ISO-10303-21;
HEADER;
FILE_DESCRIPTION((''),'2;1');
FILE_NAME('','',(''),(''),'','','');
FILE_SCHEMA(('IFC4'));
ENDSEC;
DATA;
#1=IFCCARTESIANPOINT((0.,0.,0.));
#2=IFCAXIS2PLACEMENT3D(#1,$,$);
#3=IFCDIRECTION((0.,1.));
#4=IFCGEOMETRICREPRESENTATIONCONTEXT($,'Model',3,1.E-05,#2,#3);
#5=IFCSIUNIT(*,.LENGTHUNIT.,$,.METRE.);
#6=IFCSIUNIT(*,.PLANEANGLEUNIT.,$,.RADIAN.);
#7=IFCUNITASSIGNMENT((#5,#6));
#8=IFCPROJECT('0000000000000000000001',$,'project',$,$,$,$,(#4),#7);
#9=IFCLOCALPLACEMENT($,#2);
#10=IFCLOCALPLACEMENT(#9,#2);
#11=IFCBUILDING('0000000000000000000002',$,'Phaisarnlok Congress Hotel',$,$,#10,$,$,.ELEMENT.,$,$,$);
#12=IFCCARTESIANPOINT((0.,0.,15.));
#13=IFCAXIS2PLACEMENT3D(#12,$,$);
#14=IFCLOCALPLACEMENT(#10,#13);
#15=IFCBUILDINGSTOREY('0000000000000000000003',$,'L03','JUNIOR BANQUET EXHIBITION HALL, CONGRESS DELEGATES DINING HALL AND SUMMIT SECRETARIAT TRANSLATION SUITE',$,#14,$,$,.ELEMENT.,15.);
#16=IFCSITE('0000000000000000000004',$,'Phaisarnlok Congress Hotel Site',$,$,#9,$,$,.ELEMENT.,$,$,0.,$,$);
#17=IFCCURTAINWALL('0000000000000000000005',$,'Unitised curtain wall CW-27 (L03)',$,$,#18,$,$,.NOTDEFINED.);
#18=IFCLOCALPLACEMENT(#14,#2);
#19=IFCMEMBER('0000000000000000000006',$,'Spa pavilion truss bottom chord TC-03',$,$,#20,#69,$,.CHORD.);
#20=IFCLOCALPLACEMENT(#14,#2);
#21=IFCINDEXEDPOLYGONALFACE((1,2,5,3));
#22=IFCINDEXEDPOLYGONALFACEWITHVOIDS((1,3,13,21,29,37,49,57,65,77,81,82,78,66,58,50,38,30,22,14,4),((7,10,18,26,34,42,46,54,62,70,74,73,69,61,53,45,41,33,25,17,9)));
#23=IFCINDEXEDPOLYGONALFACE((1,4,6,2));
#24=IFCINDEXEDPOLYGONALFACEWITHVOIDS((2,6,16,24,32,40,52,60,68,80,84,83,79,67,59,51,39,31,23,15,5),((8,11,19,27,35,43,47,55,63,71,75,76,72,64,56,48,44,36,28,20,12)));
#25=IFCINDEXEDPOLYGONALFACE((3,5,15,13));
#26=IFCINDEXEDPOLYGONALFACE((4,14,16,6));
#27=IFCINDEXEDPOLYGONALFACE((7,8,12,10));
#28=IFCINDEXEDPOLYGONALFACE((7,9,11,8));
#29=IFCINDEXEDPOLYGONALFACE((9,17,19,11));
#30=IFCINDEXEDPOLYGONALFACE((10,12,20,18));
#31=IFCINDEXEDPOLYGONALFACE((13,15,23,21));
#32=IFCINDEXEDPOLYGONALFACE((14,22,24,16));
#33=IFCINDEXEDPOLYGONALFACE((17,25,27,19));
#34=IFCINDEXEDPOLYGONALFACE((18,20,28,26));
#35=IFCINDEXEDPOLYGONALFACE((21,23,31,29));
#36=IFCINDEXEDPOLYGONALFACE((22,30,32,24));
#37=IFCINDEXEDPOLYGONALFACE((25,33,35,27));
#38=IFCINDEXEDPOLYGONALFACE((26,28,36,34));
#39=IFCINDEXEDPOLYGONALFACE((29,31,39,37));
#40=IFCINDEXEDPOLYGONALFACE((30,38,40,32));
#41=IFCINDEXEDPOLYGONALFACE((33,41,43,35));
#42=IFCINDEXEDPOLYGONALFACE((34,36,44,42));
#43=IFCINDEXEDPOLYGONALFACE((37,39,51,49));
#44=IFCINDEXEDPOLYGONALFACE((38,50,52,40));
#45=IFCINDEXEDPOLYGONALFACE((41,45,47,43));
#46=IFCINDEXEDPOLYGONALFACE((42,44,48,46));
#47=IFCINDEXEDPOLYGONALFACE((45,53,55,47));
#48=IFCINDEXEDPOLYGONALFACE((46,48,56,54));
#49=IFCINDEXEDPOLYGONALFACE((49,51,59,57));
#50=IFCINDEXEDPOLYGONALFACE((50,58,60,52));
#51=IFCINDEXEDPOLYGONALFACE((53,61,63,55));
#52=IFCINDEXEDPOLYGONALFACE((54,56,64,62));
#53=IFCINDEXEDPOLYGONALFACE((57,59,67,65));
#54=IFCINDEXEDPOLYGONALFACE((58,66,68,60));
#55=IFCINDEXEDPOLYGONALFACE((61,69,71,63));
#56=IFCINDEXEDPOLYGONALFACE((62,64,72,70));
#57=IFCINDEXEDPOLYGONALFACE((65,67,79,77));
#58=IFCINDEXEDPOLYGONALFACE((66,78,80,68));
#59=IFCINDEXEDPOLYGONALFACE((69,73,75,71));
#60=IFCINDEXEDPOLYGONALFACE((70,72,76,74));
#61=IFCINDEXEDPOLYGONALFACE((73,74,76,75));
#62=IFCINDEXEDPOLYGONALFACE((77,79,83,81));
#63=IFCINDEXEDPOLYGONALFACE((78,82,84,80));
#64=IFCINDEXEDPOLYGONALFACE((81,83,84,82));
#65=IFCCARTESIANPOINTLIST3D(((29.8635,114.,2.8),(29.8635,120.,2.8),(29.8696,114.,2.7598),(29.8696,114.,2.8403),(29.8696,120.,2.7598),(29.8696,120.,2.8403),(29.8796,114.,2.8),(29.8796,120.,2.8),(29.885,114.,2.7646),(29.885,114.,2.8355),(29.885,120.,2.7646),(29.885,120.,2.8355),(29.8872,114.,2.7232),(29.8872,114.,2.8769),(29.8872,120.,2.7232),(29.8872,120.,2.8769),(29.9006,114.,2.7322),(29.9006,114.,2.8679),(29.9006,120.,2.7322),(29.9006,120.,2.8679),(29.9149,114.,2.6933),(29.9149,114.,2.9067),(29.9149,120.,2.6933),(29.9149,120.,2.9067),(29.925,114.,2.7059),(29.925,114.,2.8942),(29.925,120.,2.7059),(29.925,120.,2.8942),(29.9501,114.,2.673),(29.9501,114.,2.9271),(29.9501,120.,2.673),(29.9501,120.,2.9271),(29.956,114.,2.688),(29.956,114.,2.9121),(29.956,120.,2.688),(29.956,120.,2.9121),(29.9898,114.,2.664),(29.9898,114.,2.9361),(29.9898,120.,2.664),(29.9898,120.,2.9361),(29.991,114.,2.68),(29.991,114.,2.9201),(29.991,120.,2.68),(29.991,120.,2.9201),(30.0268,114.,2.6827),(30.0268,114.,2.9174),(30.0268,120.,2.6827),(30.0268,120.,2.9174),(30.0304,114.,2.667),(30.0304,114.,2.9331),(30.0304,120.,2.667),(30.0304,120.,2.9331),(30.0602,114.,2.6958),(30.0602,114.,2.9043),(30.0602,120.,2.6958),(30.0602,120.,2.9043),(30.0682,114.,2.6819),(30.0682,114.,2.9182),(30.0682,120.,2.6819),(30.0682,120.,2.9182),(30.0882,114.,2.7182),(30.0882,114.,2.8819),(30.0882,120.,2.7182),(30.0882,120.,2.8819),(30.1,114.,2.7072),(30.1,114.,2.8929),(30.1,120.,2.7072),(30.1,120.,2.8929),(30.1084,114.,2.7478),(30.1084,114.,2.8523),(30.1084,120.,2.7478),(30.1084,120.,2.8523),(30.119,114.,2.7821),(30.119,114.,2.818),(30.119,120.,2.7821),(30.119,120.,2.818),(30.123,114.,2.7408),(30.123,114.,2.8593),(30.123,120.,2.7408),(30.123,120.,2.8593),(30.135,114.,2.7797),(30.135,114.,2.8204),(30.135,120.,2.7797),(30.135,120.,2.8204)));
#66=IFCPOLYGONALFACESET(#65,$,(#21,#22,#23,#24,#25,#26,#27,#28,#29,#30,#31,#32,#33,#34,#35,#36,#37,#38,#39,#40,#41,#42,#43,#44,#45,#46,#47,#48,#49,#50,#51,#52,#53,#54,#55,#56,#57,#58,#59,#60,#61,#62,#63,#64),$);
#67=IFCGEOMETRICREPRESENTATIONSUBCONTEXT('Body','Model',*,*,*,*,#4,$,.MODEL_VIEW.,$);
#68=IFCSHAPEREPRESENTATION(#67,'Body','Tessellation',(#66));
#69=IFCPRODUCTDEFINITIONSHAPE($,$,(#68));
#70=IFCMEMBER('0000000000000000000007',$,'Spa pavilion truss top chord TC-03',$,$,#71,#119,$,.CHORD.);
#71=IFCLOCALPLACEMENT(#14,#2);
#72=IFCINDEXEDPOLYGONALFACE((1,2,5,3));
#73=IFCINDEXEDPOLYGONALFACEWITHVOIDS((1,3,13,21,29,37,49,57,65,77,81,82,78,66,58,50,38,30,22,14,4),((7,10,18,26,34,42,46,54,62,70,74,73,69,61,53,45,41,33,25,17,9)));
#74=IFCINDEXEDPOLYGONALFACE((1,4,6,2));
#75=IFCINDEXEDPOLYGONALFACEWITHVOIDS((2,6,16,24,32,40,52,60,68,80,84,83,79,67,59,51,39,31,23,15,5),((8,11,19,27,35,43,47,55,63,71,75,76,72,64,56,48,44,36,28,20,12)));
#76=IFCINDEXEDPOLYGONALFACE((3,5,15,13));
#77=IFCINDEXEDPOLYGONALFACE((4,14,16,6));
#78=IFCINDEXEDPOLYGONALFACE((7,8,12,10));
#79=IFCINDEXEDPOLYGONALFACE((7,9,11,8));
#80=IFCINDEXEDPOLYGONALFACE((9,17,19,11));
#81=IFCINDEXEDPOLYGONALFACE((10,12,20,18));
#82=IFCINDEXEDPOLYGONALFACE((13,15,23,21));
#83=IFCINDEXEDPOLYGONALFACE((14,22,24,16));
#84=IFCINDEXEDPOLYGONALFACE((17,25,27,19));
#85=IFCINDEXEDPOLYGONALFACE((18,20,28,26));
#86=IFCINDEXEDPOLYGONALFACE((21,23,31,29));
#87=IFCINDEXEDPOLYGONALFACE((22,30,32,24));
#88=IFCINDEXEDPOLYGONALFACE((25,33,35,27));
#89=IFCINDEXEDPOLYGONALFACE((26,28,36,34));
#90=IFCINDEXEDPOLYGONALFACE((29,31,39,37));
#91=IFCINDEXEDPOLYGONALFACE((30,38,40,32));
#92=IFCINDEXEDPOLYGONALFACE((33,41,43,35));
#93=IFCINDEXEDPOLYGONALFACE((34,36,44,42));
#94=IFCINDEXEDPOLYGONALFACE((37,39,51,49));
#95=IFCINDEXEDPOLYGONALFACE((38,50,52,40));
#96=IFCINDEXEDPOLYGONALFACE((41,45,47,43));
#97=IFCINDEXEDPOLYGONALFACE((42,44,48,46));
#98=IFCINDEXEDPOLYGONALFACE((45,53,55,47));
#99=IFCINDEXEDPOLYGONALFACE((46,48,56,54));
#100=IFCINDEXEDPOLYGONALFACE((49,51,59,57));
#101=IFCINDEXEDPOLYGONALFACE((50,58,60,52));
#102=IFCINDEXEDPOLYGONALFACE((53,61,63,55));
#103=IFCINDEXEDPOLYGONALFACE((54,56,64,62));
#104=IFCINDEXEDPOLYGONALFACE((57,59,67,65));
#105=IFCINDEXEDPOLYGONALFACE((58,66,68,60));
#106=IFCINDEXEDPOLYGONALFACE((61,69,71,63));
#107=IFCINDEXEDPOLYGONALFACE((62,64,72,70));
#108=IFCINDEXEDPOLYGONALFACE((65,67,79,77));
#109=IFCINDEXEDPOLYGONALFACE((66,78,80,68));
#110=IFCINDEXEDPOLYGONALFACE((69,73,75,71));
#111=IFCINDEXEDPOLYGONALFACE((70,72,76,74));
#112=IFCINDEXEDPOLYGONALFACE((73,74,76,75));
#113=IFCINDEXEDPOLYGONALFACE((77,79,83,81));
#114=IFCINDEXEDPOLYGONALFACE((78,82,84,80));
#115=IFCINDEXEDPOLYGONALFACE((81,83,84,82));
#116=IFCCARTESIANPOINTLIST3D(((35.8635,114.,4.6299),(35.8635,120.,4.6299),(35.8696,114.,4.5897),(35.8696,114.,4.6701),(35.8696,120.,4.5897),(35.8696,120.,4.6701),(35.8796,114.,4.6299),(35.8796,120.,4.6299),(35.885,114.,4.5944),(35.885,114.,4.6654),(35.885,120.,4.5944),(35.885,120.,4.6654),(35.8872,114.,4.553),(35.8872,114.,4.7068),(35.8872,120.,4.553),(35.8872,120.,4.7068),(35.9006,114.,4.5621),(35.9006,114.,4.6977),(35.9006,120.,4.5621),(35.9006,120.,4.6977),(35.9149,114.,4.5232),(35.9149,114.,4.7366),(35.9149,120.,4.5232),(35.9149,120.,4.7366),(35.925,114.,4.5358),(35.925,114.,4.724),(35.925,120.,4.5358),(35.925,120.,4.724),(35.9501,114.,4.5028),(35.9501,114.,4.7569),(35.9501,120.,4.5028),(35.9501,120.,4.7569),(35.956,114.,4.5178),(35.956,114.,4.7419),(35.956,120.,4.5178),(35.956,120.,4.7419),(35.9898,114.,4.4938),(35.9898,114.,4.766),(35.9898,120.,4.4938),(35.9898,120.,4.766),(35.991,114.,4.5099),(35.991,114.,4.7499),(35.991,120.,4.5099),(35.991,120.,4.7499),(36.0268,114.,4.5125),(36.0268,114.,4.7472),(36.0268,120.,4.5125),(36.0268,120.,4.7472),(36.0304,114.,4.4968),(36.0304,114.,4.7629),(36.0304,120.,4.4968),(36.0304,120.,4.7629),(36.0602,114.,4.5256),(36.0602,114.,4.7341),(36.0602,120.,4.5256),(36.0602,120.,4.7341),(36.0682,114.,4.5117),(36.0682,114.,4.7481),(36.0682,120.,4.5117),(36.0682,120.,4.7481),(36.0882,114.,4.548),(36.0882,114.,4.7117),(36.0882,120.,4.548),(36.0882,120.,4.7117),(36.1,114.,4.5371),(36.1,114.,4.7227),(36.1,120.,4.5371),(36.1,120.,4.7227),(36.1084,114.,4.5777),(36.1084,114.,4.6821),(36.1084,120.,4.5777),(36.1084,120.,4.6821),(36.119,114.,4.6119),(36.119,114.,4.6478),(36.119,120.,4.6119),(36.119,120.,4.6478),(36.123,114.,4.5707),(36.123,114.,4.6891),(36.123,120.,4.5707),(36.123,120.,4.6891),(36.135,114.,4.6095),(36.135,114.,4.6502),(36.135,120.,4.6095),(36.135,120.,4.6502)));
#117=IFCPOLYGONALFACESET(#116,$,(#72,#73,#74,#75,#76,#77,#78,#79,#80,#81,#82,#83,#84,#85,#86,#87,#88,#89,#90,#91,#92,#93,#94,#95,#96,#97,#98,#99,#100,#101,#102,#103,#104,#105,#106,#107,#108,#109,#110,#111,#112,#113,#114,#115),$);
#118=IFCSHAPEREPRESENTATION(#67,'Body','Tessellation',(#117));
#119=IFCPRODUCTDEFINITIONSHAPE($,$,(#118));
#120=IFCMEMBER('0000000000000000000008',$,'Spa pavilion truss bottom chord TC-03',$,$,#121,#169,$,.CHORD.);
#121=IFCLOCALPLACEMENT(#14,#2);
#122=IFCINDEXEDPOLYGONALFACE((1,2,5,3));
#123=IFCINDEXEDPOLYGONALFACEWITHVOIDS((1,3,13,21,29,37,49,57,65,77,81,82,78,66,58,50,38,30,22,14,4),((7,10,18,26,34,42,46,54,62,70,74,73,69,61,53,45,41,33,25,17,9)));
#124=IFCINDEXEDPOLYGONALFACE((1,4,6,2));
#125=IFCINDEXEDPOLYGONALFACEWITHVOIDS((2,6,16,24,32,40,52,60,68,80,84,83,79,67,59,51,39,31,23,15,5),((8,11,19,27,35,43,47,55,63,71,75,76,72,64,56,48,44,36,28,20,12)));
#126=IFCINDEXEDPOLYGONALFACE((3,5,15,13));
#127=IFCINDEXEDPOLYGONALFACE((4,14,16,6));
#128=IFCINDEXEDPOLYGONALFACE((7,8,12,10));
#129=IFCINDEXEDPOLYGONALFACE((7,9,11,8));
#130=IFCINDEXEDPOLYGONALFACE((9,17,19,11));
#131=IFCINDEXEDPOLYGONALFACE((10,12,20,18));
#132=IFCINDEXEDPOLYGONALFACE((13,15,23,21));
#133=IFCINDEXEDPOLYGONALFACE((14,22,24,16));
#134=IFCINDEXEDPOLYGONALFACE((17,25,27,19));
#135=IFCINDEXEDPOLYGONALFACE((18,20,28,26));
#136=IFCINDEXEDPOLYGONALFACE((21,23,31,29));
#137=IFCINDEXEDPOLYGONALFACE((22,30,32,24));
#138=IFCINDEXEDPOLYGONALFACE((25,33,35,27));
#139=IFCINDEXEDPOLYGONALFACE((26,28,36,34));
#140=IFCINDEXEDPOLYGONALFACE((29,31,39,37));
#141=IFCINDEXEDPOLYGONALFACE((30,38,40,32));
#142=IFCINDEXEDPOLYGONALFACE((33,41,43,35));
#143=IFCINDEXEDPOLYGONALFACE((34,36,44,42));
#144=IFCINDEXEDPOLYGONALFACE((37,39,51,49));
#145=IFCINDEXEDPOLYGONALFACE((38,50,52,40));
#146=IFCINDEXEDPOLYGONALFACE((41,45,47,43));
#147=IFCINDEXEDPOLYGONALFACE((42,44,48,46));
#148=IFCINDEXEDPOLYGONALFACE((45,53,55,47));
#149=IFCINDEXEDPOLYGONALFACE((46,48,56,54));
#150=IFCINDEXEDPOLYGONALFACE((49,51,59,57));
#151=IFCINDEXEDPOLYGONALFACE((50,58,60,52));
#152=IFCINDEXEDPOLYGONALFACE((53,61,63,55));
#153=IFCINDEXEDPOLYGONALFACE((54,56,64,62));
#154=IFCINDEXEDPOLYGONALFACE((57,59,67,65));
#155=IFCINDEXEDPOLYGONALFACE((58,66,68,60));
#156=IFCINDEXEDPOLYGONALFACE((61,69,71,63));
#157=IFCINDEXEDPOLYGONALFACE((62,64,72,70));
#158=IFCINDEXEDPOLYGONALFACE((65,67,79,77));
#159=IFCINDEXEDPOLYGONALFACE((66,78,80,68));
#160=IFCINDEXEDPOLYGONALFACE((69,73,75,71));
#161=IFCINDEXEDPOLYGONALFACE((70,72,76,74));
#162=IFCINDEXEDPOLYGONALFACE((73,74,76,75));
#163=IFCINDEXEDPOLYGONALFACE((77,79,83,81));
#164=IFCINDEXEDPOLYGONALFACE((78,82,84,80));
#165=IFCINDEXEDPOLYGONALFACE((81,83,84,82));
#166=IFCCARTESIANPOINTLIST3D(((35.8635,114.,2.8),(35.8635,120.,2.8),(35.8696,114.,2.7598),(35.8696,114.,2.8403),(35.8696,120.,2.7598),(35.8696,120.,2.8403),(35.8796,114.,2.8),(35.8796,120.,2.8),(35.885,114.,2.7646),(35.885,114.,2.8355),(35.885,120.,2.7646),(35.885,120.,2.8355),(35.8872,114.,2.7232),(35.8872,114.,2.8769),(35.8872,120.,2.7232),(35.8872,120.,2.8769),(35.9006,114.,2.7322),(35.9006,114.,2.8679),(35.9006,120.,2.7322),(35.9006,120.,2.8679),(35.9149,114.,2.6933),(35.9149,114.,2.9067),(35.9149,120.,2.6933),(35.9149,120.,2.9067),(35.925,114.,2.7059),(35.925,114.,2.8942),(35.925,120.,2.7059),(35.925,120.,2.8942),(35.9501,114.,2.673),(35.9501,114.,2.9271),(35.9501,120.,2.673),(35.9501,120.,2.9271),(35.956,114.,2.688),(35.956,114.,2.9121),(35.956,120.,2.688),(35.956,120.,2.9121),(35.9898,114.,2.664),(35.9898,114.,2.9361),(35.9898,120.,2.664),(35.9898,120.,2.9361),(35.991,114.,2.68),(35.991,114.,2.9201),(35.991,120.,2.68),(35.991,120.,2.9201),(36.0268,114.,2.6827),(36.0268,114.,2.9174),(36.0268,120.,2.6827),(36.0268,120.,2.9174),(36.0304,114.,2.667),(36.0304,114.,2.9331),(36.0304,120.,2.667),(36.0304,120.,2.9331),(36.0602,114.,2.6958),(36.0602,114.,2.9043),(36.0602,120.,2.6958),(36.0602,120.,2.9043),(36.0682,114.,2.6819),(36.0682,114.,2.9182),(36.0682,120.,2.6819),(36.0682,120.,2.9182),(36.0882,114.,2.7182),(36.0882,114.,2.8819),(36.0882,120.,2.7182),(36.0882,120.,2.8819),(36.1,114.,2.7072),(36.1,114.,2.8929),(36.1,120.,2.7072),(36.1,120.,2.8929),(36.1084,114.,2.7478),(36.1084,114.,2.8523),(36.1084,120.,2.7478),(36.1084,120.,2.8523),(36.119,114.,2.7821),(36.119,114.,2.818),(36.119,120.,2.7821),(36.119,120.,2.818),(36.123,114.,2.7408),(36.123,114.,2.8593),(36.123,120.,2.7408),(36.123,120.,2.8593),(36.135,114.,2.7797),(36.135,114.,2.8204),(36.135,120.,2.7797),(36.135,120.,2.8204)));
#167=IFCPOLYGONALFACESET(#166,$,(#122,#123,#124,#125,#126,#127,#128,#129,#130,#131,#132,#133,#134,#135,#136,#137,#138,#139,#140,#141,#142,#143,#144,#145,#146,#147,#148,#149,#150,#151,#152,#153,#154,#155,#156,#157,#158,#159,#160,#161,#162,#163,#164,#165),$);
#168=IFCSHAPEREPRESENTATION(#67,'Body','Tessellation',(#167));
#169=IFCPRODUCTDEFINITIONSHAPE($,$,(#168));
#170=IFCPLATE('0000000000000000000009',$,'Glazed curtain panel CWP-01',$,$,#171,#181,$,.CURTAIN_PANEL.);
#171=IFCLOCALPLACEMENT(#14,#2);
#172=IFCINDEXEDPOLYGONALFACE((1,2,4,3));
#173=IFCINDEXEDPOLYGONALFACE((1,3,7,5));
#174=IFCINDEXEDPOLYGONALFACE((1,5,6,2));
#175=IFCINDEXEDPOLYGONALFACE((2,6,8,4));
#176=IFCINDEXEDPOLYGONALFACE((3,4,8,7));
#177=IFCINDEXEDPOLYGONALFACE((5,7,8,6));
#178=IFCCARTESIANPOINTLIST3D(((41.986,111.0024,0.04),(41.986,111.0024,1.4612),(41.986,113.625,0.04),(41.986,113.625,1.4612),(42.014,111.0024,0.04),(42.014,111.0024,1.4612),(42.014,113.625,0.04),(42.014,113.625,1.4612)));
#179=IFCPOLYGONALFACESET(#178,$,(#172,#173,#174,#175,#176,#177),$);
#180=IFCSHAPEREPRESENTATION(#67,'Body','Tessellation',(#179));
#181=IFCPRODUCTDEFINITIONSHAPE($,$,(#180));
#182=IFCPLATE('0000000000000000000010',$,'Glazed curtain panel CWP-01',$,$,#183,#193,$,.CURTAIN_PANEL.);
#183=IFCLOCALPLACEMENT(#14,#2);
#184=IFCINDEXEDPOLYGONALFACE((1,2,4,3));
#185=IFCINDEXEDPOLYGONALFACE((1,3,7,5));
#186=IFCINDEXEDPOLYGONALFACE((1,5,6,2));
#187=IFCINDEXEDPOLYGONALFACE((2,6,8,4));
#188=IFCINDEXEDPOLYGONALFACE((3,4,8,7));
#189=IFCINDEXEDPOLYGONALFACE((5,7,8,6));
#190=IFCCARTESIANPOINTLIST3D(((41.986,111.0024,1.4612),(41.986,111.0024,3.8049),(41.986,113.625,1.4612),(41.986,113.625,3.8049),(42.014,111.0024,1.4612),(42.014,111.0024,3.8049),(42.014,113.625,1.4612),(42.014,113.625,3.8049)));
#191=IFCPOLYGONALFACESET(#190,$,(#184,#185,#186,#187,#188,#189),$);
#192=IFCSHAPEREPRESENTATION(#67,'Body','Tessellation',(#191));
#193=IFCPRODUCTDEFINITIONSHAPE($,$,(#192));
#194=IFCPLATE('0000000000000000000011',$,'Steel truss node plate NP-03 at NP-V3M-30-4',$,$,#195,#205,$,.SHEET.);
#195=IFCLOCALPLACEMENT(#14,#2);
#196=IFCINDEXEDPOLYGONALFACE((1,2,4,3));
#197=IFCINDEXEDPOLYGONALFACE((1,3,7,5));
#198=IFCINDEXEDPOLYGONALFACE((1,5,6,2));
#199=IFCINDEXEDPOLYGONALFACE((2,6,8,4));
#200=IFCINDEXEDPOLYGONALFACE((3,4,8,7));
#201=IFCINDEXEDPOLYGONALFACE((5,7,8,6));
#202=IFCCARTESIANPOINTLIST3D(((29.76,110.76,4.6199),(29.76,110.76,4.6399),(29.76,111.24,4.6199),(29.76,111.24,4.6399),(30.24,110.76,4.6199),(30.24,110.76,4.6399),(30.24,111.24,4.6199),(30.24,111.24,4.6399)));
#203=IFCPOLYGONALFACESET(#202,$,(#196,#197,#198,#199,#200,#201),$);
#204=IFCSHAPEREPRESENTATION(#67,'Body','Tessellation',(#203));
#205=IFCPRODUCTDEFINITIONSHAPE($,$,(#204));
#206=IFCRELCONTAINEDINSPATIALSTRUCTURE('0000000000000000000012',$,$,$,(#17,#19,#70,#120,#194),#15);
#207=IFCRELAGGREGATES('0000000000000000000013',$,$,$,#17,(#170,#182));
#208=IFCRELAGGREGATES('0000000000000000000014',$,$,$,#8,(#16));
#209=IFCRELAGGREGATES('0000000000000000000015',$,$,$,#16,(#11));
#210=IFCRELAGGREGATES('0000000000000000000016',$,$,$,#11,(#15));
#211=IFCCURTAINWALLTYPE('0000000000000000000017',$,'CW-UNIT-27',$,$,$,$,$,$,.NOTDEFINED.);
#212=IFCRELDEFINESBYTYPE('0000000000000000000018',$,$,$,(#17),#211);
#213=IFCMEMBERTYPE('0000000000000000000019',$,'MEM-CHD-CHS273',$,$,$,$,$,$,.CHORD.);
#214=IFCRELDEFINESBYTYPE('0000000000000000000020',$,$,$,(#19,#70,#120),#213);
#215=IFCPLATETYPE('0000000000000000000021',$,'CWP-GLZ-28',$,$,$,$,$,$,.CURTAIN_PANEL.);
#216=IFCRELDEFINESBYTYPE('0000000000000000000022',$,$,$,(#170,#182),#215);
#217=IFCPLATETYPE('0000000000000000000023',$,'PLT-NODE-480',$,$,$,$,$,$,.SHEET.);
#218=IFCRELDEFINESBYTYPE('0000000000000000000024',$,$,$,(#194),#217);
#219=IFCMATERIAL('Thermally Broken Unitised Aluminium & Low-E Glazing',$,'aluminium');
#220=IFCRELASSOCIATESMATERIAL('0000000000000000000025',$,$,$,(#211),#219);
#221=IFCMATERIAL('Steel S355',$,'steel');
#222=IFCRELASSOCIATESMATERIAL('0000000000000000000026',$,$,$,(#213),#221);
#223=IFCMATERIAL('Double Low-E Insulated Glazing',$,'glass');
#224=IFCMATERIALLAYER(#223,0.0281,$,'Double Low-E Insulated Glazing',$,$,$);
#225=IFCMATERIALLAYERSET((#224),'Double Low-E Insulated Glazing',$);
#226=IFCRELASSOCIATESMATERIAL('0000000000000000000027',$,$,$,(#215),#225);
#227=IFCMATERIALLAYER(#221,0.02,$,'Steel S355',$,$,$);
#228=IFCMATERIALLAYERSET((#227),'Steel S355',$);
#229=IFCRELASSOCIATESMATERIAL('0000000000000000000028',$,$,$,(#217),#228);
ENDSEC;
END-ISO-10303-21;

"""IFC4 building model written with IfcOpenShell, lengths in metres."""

from ifc_helpers import new_model, si_unit, direction, frame, frame_2d, origin, origin_2d, place, context, subcontext, project, spatial, rectangle, hollow_circle, extrude, material, layer, layer_set, material_profile, profile_set, type_object, element, aggregate, save


model = new_model("IFC4")

# Units and contexts
model_context = context("Model", 3, precision=1e-05, world=origin(), true_north=direction((0.0, 1.0)))
body_context = subcontext(model_context, "Body", "Model", "MODEL_VIEW")
ifc_project = project(units=[si_unit("LENGTHUNIT", "METRE"), si_unit("PLANEANGLEUNIT", "RADIAN")], contexts=[model_context])

# Site, building, storey
site_placement = place(None, origin())
site = spatial("IfcSite", under=ifc_project, at=site_placement, Name="Phaisarnlok Congress Hotel Site", CompositionType="ELEMENT", RefElevation=0.0)
building_placement = place(site_placement, origin())
building = spatial("IfcBuilding", under=site, at=building_placement, Name="Phaisarnlok Congress Hotel", CompositionType="ELEMENT")
storey_placement = place(building_placement, frame((0.0, 0.0, 15.0)))
storey = spatial("IfcBuildingStorey", under=building, at=storey_placement, Name="L03", Description="JUNIOR BANQUET EXHIBITION HALL, CONGRESS DELEGATES DINING HALL AND SUMMIT SECRETARIAT TRANSLATION SUITE", CompositionType="ELEMENT", Elevation=15.0)

# Curtain wall
ifc_material_1 = material(Name="Thermally Broken Unitised Aluminium & Low-E Glazing", Category="aluminium")
curtain_wall_type = type_object("IfcCurtainWallType", Name="CW-UNIT-27", PredefinedType="NOTDEFINED", material=ifc_material_1)
curtain_wall_placement = place(storey_placement, origin())
curtain_wall = element("IfcCurtainWall", 1, at=curtain_wall_placement, inside=storey, type_object=curtain_wall_type, Name="Unitised curtain wall CW-27 (L03)", PredefinedType="NOTDEFINED")

# Members
ifc_material_2 = material(Name="Steel S355", Category="steel")
ifc_material_profile_1 = material_profile(ifc_material_2, hollow_circle(Radius=0.1365, WallThickness=0.0161, at=origin_2d()), Name="CHS 273x16")
ifc_profile_set_1 = profile_set([ifc_material_profile_1], Name="Steel S355")
member_type_1 = type_object("IfcMemberType", Name="MEM-CHD-CHS273", PredefinedType="CHORD", material=ifc_profile_set_1)
for number, where, z_axis, x_axis, name in (
    (2, (30.0, 114.0, 2.8), (0.0, 1.0, 0.0), (-1.0, 0.0, 0.0), "Spa pavilion truss bottom chord TC-03"),
    (3, (36.0, 114.0, 4.6299), (0.0, 1.0, 0.0), (-1.0, 0.0, 0.0), "Spa pavilion truss top chord TC-03"),
    (4, (36.0, 114.0, 2.8), (0.0, 1.0, 0.0), (-1.0, 0.0, 0.0), "Spa pavilion truss bottom chord TC-03"),
):
    element("IfcMember", number, at=place(storey_placement, frame(where, z_axis=z_axis, x_axis=x_axis)), inside=storey, type_object=member_type_1, Name=name, PredefinedType="CHORD", context=body_context, shape_type="SweptSolid", body=[
        extrude(hollow_circle(Radius=0.1365, WallThickness=0.0161, at=origin_2d()), origin(), (0.0, 0.0, 1.0), 6.0),
    ])

# Plates
ifc_material_3 = material(Name="Double Low-E Insulated Glazing", Category="glass")
ifc_layer_1 = layer(ifc_material_3, 0.0281, Name="Double Low-E Insulated Glazing")
ifc_layer_set_1 = layer_set([ifc_layer_1], Name="Double Low-E Insulated Glazing")
plate_type_1 = type_object("IfcPlateType", Name="CWP-GLZ-28", PredefinedType="CURTAIN_PANEL", material=ifc_layer_set_1)
plate_1_placement = place(storey_placement, frame((42.0, 111.0024, 0.04), z_axis=(0.0, 0.0, 1.0), x_axis=(0.0, 1.0, 0.0)))
plate_1 = element("IfcPlate", 5, at=plate_1_placement, type_object=plate_type_1, Name="Glazed curtain panel CWP-01", PredefinedType="CURTAIN_PANEL", context=body_context, shape_type="SweptSolid", body=[
    extrude(rectangle(XDim=2.6226, YDim=0.0281, at=frame_2d((1.3113, 0.0))), origin(), (0.0, 0.0, 1.0), 1.4211),
])
plate_2_placement = place(storey_placement, frame((42.0, 111.0024, 1.4612), z_axis=(0.0, 0.0, 1.0), x_axis=(0.0, 1.0, 0.0)))
plate_2 = element("IfcPlate", 6, at=plate_2_placement, type_object=plate_type_1, Name="Glazed curtain panel CWP-01", PredefinedType="CURTAIN_PANEL", context=body_context, shape_type="SweptSolid", body=[
    extrude(rectangle(XDim=2.6226, YDim=0.0281, at=frame_2d((1.3113, 0.0))), origin(), (0.0, 0.0, 1.0), 2.3438),
])
aggregate(curtain_wall, [plate_1, plate_2])

# Plate
ifc_layer_2 = layer(ifc_material_2, 0.02, Name="Steel S355")
ifc_layer_set_2 = layer_set([ifc_layer_2], Name="Steel S355")
plate_type_2 = type_object("IfcPlateType", Name="PLT-NODE-480", PredefinedType="SHEET", material=ifc_layer_set_2)
for number, where, z_axis, x_axis, name in (
    (7, (30.0, 111.0, 4.6199), (0.0, 0.0, 1.0), (1.0, 0.0, 0.0), "Steel truss node plate NP-03 at NP-V3M-30-4"),
):
    element("IfcPlate", number, at=place(storey_placement, frame(where, z_axis=z_axis, x_axis=x_axis)), inside=storey, type_object=plate_type_2, Name=name, PredefinedType="SHEET", context=body_context, shape_type="SweptSolid", body=[
        extrude(rectangle(XDim=0.48, YDim=0.48, at=origin_2d()), origin(), (0.0, 0.0, 1.0), 0.02),
    ])

save(model, "model.ifc")
